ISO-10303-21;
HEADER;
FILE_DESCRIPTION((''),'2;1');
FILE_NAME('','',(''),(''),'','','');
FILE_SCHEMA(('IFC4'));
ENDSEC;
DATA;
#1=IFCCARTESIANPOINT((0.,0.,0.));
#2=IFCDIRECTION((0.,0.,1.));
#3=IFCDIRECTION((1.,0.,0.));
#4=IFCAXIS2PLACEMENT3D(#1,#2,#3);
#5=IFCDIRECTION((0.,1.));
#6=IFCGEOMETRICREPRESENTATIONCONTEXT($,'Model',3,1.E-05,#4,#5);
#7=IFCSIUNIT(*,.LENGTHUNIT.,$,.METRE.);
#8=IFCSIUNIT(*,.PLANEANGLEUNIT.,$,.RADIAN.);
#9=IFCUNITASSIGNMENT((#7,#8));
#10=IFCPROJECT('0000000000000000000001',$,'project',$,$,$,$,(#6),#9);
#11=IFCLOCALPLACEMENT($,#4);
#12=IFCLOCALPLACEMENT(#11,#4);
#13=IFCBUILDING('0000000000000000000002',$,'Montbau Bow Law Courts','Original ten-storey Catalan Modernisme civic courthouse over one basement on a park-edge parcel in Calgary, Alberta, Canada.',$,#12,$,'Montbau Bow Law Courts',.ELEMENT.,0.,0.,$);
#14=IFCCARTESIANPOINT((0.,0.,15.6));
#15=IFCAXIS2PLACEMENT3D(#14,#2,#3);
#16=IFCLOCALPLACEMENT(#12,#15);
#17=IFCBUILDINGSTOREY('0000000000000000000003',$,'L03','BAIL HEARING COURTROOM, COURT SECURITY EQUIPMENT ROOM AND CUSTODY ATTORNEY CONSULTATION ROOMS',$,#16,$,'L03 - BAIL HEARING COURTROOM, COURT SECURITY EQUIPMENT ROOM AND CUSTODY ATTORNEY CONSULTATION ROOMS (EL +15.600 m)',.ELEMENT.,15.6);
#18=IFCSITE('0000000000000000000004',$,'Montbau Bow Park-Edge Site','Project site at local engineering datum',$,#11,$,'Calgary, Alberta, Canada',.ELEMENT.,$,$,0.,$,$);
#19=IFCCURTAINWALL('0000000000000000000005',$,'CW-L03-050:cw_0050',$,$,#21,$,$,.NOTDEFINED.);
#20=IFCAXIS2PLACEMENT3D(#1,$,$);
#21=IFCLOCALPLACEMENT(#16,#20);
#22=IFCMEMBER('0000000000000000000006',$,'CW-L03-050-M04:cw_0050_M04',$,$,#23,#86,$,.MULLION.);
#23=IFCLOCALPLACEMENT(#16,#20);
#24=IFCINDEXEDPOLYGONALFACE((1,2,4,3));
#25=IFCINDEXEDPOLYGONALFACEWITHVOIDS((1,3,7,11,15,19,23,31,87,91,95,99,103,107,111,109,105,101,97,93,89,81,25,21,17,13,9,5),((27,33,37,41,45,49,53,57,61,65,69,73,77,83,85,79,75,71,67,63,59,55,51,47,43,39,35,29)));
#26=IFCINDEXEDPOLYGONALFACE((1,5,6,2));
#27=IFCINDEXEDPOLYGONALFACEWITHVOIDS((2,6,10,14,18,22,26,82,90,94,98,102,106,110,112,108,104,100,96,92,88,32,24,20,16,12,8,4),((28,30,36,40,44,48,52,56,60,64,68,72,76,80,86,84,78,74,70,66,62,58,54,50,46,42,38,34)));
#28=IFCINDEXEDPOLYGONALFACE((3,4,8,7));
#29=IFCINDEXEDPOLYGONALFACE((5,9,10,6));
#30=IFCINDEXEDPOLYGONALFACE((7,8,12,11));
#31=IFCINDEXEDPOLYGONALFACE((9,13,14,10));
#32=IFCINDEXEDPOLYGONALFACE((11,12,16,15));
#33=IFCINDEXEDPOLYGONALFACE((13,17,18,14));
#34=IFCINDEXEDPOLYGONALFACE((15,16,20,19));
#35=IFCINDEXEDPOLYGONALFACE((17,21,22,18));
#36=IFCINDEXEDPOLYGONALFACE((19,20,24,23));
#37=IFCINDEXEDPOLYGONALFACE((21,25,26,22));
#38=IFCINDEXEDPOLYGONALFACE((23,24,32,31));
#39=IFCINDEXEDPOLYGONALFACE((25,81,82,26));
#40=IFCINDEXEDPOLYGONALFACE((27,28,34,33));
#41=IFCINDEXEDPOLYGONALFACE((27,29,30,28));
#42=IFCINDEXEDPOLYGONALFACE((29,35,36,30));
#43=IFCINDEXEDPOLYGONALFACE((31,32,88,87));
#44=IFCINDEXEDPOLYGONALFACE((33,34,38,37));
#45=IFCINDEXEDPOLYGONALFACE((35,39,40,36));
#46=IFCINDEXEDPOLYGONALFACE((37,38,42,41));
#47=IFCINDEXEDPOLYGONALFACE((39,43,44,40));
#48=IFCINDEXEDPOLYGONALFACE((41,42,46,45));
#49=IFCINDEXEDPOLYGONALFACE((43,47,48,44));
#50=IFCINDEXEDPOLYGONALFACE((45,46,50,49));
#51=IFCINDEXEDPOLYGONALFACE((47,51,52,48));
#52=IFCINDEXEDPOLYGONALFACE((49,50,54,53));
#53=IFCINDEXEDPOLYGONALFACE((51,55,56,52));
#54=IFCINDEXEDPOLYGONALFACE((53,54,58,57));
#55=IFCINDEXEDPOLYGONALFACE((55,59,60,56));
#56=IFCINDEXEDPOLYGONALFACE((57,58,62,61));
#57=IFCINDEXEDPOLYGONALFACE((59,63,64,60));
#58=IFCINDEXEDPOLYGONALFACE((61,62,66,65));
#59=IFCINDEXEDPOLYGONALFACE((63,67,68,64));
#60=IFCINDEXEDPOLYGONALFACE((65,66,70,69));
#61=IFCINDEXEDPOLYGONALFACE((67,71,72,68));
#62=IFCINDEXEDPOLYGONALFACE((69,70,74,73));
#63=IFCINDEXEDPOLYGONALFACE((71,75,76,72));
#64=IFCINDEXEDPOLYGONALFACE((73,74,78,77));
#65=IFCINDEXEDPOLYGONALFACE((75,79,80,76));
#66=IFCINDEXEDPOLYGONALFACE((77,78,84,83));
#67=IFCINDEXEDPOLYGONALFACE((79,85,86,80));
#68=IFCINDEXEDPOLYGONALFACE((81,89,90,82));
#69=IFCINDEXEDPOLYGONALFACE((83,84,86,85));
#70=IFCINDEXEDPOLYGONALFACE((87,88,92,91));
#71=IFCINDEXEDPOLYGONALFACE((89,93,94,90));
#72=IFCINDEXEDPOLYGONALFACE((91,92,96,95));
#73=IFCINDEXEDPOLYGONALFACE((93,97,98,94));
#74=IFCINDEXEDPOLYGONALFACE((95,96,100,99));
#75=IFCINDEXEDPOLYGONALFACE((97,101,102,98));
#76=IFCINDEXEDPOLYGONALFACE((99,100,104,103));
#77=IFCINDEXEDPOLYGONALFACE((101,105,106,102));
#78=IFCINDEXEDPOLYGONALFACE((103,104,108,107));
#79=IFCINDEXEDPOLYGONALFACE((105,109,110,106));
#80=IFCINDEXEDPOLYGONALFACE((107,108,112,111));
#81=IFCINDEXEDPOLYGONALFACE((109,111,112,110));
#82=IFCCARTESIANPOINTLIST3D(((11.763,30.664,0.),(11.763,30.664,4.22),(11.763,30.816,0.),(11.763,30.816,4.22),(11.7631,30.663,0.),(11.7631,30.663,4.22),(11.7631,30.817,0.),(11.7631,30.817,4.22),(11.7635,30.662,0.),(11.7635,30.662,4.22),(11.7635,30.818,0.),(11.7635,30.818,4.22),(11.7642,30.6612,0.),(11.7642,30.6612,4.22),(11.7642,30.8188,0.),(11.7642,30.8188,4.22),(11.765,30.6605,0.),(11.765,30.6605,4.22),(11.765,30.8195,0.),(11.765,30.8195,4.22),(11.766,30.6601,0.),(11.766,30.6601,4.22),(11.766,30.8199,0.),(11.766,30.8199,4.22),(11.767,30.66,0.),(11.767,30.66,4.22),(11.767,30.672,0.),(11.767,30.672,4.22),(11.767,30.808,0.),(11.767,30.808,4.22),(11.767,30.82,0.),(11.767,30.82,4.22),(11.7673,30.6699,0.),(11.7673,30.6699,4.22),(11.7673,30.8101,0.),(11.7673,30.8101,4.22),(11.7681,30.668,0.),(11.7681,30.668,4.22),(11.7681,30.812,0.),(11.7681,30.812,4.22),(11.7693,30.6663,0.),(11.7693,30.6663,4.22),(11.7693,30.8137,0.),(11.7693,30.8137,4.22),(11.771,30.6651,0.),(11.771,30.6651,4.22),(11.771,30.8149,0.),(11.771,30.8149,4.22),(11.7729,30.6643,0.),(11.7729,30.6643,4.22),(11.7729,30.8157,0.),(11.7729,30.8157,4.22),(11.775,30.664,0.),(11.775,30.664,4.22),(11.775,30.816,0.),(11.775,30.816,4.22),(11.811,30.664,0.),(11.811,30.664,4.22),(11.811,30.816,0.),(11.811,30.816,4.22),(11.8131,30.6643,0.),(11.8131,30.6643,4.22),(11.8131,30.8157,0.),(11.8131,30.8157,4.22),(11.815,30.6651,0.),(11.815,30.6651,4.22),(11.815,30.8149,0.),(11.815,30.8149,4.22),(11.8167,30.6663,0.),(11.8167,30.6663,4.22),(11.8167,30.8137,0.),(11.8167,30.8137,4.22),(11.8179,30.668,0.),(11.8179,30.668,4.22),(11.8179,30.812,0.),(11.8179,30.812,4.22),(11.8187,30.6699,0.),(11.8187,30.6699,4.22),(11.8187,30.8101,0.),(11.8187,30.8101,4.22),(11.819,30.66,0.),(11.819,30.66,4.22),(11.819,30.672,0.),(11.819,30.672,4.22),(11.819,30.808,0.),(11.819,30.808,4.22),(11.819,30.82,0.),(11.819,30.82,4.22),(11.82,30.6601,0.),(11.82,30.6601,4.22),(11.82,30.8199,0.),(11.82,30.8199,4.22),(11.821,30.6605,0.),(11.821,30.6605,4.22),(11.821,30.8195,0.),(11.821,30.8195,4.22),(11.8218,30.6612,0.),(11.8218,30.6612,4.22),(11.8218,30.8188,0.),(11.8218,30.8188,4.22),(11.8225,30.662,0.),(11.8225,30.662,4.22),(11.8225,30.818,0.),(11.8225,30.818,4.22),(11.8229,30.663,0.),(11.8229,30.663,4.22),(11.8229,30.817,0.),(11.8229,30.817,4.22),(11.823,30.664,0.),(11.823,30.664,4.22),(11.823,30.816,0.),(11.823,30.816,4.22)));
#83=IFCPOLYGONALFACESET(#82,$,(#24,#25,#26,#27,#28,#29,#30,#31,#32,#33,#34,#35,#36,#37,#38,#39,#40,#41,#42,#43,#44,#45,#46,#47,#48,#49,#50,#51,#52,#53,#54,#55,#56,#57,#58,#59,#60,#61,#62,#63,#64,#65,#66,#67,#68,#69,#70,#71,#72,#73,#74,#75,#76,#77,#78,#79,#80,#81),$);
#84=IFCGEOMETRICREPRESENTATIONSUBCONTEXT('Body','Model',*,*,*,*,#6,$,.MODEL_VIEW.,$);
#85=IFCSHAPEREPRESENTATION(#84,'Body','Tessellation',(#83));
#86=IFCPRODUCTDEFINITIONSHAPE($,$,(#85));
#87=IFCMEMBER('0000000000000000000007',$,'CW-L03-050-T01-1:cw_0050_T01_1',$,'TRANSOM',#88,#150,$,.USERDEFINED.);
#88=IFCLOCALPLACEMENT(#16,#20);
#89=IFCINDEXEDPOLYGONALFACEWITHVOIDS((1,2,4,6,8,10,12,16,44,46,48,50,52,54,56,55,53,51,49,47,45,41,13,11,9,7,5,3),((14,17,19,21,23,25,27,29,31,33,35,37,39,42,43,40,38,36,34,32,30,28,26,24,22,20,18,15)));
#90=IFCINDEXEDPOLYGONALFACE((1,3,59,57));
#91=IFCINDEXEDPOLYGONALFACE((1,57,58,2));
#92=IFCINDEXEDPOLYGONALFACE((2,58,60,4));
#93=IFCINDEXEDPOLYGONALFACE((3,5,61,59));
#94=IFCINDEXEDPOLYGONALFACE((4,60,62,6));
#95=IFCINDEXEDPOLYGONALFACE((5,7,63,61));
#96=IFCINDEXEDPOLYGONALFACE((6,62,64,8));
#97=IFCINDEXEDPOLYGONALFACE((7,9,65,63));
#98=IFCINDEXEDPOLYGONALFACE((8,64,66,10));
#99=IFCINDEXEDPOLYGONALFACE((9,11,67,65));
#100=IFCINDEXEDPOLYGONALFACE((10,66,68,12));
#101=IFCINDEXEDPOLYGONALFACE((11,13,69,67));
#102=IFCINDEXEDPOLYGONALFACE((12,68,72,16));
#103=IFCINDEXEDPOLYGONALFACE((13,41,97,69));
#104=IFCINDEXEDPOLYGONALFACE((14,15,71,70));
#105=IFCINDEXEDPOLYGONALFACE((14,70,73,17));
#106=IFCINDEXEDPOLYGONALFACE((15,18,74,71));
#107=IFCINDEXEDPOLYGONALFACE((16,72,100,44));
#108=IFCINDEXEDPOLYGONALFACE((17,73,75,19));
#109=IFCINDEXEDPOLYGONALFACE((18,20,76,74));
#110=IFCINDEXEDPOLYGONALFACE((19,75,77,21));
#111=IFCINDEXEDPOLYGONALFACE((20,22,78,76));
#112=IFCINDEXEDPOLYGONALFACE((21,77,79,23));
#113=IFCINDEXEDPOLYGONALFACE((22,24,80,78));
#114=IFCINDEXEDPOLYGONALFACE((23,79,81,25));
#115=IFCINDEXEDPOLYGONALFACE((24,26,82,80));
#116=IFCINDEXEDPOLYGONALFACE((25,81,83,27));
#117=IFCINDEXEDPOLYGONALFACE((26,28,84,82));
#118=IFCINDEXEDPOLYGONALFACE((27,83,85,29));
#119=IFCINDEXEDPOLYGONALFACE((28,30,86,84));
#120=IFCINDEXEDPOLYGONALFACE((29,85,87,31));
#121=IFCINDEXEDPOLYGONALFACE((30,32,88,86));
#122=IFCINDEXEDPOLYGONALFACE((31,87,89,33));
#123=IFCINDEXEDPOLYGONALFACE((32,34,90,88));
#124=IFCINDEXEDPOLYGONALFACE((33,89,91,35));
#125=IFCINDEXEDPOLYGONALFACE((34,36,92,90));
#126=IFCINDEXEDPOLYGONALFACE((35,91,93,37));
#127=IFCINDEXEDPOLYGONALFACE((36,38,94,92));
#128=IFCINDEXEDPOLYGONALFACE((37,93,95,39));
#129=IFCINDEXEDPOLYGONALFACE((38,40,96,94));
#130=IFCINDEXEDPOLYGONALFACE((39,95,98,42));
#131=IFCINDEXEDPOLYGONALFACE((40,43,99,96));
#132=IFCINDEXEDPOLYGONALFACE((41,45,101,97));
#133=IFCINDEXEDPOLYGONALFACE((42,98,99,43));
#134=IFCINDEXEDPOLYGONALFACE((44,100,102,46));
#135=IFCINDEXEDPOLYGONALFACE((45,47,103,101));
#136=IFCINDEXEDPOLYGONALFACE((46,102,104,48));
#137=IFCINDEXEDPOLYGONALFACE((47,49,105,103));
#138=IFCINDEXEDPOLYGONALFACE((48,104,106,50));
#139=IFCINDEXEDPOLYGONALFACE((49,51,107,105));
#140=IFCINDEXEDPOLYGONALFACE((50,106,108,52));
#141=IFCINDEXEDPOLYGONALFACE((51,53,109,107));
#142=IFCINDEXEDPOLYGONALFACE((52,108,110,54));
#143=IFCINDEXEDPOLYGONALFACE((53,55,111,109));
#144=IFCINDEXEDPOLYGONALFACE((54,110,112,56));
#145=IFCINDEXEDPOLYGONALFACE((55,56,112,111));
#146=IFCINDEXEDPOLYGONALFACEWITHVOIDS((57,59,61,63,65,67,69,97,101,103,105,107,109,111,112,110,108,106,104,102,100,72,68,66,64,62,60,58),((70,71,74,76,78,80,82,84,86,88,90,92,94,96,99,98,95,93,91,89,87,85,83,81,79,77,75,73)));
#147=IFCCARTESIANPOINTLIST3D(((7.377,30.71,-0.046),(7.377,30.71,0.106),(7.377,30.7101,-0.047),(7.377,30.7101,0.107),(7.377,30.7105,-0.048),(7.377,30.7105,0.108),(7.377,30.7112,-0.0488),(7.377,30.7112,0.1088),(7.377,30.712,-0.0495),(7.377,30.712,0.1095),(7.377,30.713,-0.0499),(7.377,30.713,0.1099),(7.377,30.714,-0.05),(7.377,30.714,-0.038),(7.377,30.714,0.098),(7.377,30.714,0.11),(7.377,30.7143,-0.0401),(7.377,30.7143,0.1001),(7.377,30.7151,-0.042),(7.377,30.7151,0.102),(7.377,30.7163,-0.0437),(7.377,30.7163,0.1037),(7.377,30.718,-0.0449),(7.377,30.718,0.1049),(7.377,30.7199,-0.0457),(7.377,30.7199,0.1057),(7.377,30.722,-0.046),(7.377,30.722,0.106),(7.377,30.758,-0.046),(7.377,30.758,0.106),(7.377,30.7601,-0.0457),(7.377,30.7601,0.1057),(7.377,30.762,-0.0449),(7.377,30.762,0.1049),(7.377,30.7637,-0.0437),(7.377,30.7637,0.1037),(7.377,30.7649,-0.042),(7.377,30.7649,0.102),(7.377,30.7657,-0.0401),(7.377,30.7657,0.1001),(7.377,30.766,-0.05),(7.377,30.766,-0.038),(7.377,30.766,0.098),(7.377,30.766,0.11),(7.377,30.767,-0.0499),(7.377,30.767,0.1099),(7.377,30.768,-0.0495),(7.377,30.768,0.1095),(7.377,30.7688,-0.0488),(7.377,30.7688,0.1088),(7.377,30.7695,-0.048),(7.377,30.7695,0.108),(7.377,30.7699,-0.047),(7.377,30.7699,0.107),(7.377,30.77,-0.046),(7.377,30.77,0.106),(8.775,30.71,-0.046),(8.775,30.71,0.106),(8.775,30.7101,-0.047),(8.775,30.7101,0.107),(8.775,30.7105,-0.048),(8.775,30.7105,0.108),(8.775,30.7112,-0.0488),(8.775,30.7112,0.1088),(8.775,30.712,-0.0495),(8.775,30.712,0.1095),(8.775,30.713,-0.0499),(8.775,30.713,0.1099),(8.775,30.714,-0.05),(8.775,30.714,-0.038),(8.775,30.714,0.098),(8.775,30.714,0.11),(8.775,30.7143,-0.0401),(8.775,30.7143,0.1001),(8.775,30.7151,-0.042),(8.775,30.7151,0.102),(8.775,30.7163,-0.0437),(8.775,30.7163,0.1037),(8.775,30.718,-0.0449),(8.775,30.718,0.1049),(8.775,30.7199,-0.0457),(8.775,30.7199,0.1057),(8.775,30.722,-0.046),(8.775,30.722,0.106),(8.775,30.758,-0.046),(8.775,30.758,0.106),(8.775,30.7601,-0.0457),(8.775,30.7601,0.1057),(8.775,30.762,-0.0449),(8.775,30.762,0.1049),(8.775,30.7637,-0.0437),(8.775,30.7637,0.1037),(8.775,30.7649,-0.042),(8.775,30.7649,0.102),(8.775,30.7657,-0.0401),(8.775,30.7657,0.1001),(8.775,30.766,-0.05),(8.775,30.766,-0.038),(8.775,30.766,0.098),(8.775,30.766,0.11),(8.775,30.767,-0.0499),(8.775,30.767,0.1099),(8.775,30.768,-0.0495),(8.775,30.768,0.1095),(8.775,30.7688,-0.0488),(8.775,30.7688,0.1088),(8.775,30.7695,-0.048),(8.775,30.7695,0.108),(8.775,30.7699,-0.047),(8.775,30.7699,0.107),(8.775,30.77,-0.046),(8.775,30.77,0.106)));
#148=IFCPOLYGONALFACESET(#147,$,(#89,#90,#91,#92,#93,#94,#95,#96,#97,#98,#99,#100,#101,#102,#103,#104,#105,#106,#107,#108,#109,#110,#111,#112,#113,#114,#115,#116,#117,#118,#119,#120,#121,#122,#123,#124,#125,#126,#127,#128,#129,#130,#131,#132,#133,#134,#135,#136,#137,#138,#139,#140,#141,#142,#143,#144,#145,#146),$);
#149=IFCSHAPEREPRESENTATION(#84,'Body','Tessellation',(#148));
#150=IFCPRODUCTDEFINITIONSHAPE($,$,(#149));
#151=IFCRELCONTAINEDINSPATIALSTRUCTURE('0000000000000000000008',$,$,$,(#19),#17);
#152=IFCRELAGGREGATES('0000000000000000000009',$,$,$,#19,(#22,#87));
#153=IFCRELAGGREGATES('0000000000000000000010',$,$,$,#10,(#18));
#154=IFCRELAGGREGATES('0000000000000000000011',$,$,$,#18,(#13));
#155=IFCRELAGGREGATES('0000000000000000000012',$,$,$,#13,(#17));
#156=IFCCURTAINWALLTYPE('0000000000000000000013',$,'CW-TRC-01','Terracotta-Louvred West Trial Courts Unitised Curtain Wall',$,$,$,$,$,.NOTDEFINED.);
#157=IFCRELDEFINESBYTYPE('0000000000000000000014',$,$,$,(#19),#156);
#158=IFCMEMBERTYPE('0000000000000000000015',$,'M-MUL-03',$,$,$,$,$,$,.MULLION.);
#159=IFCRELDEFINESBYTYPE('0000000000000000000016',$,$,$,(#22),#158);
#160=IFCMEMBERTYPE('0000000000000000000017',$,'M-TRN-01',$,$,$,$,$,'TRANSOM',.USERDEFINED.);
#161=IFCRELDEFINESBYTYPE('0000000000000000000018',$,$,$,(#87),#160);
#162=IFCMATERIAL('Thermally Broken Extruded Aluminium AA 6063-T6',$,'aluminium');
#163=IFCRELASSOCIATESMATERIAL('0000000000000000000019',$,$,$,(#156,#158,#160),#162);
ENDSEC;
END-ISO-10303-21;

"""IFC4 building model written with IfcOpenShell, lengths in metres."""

from ifc_helpers import new_model, si_unit, direction, frame, origin_with_axes, origin_2d_with_axis, place, context, subcontext, project, spatial, hollow_rectangle, extrude, material, material_profile, profile_set, type_object, element, aggregate, save


model = new_model("IFC4")

# Units and contexts
model_context = context("Model", 3, precision=1e-05, world=origin_with_axes(), true_north=direction((0.0, 1.0)))
body_context = subcontext(model_context, "Body", "Model", "MODEL_VIEW")
ifc_project = project(units=[si_unit("LENGTHUNIT", "METRE"), si_unit("PLANEANGLEUNIT", "RADIAN")], contexts=[model_context])

# Site, building, storey
site_placement = place(None, origin_with_axes())
site = spatial("IfcSite", under=ifc_project, at=site_placement, Name="Montbau Bow Park-Edge Site", Description="Project site at local engineering datum", LongName="Calgary, Alberta, Canada", CompositionType="ELEMENT", RefElevation=0.0)
building_placement = place(site_placement, origin_with_axes())
building = spatial("IfcBuilding", under=site, at=building_placement, Name="Montbau Bow Law Courts", Description="Original ten-storey Catalan Modernisme civic courthouse over one basement on a park-edge parcel in Calgary, Alberta, Canada.", LongName="Montbau Bow Law Courts", CompositionType="ELEMENT", ElevationOfRefHeight=0.0, ElevationOfTerrain=0.0)
storey_placement = place(building_placement, frame((0.0, 0.0, 15.6), z_axis=(0.0, 0.0, 1.0), x_axis=(1.0, 0.0, 0.0)))
storey = spatial("IfcBuildingStorey", under=building, at=storey_placement, Name="L03", Description="BAIL HEARING COURTROOM, COURT SECURITY EQUIPMENT ROOM AND CUSTODY ATTORNEY CONSULTATION ROOMS", LongName="L03 - BAIL HEARING COURTROOM, COURT SECURITY EQUIPMENT ROOM AND CUSTODY ATTORNEY CONSULTATION ROOMS (EL +15.600 m)", CompositionType="ELEMENT", Elevation=15.6)

# Curtain wall, members
ifc_material_1 = material(Name="Thermally Broken Extruded Aluminium AA 6063-T6", Category="aluminium")
curtain_wall_type = type_object("IfcCurtainWallType", Name="CW-TRC-01", Description="Terracotta-Louvred West Trial Courts Unitised Curtain Wall", PredefinedType="NOTDEFINED", material=ifc_material_1)
curtain_wall_placement = place(None, frame((7.315, 30.74, 15.6), z_axis=(0.0, 0.0, 1.0), x_axis=(1.0, 0.0, 0.0)))
curtain_wall = element("IfcCurtainWall", 1, at=curtain_wall_placement, inside=storey, type_object=curtain_wall_type, Name="CW-L03-050:cw_0050", PredefinedType="NOTDEFINED")
ifc_material_profile_1 = material_profile(ifc_material_1, hollow_rectangle(XDim=0.06, YDim=0.16, WallThickness=0.004, InnerFilletRadius=0.008, OuterFilletRadius=0.004, at=origin_2d_with_axis()), Name="CWM-160X60", Category="Main", Priority=0)
ifc_profile_set_1 = profile_set([ifc_material_profile_1], Name="Thermally Broken Extruded Aluminium AA 6063-T6")
member_type_1 = type_object("IfcMemberType", Name="M-MUL-03", PredefinedType="MULLION", material=ifc_profile_set_1)
member_1_placement = place(None, frame((11.793, 30.74, 15.6), z_axis=(0.0, 0.0, 1.0), x_axis=(1.0, 0.0, 0.0)))
member_1 = element("IfcMember", 2, at=member_1_placement, type_object=member_type_1, Name="CW-L03-050-M04:cw_0050_M04", PredefinedType="MULLION", context=body_context, shape_type="SweptSolid", body=[
    extrude(hollow_rectangle(XDim=0.06, YDim=0.16, WallThickness=0.004, InnerFilletRadius=0.008, OuterFilletRadius=0.004, at=origin_2d_with_axis()), origin_with_axes(), (0.0, 0.0, 1.0), 4.22),
])
ifc_material_profile_2 = material_profile(ifc_material_1, hollow_rectangle(XDim=0.06, YDim=0.16, WallThickness=0.004, InnerFilletRadius=0.008, OuterFilletRadius=0.004, at=origin_2d_with_axis()), Name="CWT-160X60", Category="Main", Priority=0)
ifc_profile_set_2 = profile_set([ifc_material_profile_2], Name="Thermally Broken Extruded Aluminium AA 6063-T6")
member_type_2 = type_object("IfcMemberType", Name="M-TRN-01", ElementType="TRANSOM", PredefinedType="USERDEFINED", material=ifc_profile_set_2)
member_2_placement = place(None, frame((7.377, 30.74, 15.63), z_axis=(1.0, 0.0, 0.0), x_axis=(0.0, 1.0, 0.0)))
member_2 = element("IfcMember", 3, at=member_2_placement, type_object=member_type_2, Name="CW-L03-050-T01-1:cw_0050_T01_1", ObjectType="TRANSOM", PredefinedType="USERDEFINED", context=body_context, shape_type="SweptSolid", body=[
    extrude(hollow_rectangle(XDim=0.06, YDim=0.16, WallThickness=0.004, InnerFilletRadius=0.008, OuterFilletRadius=0.004, at=origin_2d_with_axis()), origin_with_axes(), (0.0, 0.0, 1.0), 1.398),
])
aggregate(curtain_wall, [member_1, member_2])

save(model, "model.ifc")
